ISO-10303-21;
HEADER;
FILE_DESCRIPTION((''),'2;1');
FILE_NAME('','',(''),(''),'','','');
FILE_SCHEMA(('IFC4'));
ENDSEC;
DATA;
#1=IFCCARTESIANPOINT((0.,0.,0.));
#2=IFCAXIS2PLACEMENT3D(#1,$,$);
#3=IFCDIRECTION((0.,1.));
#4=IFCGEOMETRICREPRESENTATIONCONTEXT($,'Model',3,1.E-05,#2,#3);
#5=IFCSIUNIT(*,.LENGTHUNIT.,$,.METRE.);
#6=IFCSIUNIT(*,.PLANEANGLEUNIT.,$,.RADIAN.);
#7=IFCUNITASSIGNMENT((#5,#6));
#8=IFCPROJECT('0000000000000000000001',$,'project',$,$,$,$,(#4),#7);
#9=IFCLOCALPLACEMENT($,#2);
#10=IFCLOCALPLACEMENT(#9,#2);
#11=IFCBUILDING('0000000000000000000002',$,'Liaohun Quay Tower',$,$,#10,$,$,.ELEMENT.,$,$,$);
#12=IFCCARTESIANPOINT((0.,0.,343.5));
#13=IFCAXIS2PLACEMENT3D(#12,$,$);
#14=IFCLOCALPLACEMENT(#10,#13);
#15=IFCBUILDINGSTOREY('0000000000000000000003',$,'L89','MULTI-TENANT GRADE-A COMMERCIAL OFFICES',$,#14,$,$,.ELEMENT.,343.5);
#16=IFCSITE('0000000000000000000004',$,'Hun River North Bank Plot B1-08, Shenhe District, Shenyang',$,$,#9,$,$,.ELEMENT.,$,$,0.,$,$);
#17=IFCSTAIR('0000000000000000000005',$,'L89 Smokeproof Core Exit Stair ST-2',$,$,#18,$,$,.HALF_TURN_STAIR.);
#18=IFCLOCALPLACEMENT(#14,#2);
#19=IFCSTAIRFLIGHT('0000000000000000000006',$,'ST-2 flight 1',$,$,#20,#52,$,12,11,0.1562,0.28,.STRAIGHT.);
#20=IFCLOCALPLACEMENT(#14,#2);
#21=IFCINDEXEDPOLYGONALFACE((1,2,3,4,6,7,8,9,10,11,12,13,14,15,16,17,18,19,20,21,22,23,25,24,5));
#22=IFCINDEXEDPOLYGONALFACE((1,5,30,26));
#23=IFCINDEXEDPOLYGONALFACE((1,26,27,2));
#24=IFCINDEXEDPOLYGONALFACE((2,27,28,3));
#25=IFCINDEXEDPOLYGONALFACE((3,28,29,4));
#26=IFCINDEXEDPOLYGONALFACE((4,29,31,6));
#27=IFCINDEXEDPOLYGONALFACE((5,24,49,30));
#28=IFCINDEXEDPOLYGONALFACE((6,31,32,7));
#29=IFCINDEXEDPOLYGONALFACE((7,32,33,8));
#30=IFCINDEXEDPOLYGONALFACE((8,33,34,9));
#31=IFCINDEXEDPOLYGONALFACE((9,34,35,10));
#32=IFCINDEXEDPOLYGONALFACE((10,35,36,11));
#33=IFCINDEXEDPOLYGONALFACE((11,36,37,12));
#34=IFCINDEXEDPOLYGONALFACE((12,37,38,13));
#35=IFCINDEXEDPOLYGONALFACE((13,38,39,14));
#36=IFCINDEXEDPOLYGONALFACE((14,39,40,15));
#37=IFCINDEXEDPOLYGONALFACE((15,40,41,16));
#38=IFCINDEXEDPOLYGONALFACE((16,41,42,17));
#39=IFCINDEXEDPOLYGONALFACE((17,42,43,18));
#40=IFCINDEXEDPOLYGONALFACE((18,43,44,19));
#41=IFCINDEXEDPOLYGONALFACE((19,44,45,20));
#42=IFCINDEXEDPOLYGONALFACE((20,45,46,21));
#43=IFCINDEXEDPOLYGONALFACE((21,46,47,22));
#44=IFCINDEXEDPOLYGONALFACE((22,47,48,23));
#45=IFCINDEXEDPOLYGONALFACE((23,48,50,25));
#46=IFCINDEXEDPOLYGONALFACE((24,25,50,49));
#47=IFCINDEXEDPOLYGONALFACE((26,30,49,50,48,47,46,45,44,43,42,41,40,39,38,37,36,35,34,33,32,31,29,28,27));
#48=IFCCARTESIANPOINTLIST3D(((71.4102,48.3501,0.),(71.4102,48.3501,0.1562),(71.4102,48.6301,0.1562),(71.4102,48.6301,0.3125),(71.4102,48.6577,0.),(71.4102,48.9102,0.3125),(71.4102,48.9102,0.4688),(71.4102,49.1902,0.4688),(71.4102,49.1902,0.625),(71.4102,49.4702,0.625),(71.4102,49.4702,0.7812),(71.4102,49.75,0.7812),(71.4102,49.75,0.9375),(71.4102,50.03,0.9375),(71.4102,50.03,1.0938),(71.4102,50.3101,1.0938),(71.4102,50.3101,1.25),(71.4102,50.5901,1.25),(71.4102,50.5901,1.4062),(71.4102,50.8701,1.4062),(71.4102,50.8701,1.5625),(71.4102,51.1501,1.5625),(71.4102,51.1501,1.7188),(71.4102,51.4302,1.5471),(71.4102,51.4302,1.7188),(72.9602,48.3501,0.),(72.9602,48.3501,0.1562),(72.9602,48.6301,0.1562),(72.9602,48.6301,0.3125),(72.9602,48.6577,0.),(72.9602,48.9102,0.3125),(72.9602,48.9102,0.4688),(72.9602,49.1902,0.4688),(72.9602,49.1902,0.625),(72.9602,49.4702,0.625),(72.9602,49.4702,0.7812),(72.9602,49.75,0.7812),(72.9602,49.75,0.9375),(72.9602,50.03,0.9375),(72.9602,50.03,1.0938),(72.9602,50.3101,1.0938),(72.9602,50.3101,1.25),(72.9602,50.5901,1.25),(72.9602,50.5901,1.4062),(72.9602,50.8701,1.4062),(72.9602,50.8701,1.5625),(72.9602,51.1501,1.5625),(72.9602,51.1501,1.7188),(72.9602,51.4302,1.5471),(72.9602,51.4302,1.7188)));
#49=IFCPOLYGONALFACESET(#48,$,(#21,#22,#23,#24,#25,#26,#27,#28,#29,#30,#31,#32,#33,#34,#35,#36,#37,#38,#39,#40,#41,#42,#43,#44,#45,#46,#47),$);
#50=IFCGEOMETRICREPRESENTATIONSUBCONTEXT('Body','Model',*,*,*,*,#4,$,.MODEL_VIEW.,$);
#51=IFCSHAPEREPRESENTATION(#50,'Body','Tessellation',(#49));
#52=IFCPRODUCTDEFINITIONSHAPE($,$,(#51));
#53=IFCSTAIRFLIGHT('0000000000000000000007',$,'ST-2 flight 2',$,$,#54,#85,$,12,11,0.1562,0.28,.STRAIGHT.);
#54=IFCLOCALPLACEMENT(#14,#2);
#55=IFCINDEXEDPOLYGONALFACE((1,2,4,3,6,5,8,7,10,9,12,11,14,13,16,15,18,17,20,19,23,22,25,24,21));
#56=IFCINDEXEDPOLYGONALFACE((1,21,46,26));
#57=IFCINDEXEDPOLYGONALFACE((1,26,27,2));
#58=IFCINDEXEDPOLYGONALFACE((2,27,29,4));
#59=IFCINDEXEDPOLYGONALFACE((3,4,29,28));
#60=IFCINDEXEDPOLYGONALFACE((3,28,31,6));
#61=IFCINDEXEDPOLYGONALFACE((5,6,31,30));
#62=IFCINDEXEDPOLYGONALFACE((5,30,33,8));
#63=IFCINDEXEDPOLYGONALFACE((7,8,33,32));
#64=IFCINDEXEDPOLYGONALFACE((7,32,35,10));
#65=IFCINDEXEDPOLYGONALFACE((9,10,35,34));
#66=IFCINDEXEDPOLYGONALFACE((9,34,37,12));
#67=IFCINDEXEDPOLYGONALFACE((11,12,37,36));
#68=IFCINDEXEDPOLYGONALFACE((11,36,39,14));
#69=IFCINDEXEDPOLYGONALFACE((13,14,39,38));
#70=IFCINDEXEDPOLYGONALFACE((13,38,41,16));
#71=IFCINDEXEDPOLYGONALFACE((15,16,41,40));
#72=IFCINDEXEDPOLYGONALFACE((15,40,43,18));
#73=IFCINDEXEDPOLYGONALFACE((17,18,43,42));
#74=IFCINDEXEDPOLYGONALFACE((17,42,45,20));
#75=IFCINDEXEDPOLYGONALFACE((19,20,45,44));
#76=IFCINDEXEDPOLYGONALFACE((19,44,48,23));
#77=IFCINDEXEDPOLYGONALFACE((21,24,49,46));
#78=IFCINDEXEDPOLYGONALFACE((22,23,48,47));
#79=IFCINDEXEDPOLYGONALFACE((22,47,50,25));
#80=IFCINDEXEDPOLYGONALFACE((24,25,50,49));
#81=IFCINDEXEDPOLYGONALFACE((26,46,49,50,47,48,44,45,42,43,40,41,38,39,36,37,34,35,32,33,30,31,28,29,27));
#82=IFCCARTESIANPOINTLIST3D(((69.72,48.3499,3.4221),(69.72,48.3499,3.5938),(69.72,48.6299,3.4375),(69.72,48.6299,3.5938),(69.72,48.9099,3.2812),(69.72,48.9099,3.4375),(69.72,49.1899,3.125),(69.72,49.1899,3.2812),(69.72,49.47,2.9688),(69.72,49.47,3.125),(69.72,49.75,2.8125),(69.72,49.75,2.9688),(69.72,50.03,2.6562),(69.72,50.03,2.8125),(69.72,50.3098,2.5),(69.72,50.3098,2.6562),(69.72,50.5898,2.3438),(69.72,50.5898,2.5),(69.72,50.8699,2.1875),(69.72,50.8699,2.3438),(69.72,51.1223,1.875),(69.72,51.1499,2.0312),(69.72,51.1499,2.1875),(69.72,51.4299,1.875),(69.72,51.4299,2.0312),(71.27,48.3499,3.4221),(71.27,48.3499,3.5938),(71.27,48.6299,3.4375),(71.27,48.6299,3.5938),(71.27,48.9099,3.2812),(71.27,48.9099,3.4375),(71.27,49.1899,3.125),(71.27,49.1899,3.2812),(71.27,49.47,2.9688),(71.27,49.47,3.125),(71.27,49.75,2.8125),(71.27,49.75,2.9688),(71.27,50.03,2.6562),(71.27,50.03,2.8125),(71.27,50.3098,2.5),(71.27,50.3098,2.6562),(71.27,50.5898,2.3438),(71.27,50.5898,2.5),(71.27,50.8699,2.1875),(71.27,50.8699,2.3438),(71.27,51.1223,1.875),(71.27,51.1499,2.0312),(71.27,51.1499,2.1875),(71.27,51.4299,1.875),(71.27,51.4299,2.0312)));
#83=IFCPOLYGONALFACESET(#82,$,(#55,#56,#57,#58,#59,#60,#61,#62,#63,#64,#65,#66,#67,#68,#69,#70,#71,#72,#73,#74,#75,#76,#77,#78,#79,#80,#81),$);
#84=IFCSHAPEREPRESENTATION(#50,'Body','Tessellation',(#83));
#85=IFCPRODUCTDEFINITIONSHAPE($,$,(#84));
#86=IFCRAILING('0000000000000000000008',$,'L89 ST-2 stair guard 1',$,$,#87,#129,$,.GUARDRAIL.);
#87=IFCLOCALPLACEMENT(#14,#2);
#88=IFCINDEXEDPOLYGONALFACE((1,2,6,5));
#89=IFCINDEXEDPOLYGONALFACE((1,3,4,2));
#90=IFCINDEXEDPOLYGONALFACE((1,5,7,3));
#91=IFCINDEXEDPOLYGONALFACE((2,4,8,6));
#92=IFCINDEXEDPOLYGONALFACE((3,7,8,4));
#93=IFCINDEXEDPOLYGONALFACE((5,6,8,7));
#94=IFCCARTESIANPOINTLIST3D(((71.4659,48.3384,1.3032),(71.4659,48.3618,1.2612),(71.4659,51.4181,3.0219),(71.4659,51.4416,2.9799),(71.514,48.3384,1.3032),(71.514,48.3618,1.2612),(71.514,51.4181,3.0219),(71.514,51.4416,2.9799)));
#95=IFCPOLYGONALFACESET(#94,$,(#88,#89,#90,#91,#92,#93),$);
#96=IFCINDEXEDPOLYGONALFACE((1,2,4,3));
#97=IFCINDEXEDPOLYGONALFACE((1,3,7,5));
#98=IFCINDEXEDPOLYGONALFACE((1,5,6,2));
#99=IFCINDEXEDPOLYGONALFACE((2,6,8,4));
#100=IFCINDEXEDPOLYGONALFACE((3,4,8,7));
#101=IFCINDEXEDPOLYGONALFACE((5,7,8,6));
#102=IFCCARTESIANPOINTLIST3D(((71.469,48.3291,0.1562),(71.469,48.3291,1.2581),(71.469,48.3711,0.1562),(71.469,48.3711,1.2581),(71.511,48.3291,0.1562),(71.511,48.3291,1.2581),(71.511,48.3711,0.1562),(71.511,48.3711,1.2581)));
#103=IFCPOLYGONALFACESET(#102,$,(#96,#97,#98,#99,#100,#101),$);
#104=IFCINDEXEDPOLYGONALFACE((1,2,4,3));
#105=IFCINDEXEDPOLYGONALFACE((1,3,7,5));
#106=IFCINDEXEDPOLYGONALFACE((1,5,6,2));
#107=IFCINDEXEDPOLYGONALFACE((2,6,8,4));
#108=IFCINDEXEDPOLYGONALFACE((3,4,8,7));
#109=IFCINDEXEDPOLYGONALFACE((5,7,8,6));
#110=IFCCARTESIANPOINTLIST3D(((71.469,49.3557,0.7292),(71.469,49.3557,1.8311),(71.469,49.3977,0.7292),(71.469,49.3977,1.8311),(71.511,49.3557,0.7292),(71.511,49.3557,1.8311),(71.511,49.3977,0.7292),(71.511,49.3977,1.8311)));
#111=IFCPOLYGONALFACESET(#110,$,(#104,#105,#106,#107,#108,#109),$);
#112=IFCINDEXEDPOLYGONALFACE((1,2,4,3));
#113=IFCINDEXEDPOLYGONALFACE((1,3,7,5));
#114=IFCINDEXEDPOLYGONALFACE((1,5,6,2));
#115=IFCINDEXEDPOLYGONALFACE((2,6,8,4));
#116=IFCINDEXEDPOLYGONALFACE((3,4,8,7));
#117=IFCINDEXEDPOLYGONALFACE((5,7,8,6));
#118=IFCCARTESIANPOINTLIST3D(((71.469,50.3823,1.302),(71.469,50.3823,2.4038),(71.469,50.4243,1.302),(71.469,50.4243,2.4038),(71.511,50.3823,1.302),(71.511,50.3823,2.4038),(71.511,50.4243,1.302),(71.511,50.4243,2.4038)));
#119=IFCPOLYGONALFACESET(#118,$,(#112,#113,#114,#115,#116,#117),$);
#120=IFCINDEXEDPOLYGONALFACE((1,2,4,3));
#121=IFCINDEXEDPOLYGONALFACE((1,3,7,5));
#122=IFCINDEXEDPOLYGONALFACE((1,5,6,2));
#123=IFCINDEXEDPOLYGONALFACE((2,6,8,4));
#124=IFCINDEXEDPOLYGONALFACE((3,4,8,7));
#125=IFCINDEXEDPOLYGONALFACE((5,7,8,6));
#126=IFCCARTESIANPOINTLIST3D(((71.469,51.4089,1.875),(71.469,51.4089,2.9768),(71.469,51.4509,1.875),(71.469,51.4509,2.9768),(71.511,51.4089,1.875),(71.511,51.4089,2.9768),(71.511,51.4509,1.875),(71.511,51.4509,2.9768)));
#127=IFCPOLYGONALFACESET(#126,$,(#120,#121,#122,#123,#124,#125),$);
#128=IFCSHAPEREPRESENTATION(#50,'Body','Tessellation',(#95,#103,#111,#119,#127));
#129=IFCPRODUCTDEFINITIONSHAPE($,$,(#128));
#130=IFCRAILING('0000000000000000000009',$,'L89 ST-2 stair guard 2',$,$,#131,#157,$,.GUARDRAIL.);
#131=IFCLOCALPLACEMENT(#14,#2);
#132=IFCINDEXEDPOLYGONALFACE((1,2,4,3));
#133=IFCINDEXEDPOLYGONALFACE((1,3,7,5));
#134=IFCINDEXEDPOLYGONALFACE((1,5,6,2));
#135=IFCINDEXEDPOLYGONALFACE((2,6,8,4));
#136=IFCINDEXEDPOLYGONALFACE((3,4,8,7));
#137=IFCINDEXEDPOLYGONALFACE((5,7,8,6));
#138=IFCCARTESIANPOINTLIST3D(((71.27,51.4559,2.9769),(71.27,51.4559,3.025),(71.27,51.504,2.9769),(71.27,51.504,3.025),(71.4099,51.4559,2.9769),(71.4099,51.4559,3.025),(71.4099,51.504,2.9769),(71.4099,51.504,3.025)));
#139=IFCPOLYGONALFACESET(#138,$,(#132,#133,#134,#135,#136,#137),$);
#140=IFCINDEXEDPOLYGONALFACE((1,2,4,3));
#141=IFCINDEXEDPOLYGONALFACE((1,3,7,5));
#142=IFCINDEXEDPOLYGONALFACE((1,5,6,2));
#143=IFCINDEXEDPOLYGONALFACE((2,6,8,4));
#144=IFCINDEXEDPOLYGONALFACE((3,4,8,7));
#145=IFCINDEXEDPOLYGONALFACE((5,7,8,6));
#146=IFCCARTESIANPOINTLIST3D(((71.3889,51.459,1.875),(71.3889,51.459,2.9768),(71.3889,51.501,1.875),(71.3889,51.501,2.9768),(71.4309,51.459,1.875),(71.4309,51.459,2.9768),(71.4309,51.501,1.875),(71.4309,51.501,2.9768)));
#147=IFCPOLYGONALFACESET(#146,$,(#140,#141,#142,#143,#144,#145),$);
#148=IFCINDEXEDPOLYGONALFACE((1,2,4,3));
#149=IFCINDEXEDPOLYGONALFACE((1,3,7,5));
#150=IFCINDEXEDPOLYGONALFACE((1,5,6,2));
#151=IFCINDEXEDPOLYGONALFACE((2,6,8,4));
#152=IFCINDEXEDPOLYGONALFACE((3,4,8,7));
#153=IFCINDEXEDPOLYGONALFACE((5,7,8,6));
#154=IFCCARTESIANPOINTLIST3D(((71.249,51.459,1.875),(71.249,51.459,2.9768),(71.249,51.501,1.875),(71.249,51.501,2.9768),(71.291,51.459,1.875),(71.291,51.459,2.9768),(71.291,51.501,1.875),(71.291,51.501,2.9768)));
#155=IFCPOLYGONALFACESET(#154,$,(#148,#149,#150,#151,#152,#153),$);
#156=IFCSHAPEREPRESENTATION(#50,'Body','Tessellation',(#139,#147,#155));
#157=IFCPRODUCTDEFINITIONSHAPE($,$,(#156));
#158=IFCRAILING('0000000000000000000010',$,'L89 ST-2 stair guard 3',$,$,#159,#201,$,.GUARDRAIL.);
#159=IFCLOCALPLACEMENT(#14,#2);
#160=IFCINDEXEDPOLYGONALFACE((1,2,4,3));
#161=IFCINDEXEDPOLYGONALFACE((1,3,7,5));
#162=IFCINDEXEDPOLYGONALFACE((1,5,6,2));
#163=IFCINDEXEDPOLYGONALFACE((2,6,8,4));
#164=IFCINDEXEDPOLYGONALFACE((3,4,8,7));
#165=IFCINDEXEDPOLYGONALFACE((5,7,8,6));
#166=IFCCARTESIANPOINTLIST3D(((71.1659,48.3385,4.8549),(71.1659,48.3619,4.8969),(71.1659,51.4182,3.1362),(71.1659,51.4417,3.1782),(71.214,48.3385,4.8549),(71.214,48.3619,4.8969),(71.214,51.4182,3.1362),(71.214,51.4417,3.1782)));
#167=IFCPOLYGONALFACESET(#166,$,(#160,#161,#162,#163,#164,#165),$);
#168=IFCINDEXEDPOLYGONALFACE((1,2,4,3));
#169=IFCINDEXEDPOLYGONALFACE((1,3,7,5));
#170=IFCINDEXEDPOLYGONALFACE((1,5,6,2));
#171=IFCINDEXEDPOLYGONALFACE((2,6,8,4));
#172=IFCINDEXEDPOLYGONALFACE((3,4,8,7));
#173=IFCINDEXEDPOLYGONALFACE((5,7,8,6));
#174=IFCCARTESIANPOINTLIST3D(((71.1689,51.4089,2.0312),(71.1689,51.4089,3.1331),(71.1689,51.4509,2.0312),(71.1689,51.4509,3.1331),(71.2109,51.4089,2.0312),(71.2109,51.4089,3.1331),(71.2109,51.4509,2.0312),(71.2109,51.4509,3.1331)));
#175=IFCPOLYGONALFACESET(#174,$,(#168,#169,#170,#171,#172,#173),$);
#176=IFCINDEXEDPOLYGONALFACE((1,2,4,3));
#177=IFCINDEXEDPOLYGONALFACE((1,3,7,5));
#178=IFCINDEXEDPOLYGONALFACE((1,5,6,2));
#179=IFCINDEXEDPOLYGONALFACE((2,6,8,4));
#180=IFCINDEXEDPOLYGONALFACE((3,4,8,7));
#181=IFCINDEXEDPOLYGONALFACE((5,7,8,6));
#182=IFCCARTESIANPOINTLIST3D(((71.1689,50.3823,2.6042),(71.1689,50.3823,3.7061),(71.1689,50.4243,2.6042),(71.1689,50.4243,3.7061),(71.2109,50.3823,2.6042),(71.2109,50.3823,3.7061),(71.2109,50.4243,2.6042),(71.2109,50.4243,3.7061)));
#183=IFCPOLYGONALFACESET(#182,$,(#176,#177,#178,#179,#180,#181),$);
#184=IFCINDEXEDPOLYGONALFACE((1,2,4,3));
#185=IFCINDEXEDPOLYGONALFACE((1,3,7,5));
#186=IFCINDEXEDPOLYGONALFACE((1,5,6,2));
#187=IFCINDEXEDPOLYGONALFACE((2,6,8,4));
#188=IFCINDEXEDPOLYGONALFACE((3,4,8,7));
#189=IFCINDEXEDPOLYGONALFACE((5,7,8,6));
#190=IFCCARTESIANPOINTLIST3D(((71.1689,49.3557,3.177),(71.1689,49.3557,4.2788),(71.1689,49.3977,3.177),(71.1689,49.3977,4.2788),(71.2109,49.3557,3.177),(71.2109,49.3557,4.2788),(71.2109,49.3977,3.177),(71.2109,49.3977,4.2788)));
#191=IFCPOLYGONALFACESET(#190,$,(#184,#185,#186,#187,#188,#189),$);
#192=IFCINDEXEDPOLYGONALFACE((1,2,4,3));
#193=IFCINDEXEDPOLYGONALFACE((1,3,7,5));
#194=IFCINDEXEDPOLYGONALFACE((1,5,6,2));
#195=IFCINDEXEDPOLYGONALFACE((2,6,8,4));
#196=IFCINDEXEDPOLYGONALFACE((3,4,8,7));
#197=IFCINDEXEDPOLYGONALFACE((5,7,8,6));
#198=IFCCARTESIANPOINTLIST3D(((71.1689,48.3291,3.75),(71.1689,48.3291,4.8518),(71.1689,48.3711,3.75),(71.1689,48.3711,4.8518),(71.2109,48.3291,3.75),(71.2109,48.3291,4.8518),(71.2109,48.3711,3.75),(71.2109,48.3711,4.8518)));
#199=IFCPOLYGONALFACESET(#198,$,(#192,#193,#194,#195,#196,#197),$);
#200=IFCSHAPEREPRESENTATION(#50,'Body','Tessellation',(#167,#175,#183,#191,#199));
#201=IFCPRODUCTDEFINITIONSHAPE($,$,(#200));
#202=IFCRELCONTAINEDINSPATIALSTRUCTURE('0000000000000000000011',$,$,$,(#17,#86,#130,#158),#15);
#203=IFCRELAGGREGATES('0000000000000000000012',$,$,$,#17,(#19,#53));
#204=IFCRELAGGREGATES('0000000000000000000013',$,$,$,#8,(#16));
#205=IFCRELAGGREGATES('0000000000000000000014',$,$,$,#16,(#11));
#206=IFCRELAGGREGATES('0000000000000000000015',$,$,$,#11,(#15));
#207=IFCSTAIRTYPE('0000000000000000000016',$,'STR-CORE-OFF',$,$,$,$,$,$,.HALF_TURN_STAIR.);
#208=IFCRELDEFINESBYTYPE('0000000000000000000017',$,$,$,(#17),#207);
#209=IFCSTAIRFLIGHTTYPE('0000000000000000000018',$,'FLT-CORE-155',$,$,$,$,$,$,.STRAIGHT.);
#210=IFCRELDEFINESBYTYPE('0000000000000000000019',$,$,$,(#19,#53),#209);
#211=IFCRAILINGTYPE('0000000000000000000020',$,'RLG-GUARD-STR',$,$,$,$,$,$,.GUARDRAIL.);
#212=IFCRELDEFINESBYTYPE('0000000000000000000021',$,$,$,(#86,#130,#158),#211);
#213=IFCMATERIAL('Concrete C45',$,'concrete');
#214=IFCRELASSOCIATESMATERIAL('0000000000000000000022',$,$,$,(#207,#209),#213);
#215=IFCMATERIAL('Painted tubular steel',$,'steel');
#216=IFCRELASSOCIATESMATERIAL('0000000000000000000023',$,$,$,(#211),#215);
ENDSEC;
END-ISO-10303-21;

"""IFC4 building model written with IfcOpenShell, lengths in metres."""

from ifc_helpers import new_model, si_unit, direction, frame, origin, origin_2d, place, context, subcontext, project, spatial, polyline, rectangle, outline, extrude, material, type_object, element, aggregate, save


model = new_model("IFC4")

# Units and contexts
model_context = context("Model", 3, precision=1e-05, world=origin(), true_north=direction((0.0, 1.0)))
body_context = subcontext(model_context, "Body", "Model", "MODEL_VIEW")
ifc_project = project(units=[si_unit("LENGTHUNIT", "METRE"), si_unit("PLANEANGLEUNIT", "RADIAN")], contexts=[model_context])

# Site, building, storey
site_placement = place(None, origin())
site = spatial("IfcSite", under=ifc_project, at=site_placement, Name="Hun River North Bank Plot B1-08, Shenhe District, Shenyang", CompositionType="ELEMENT", RefElevation=0.0)
building_placement = place(site_placement, origin())
building = spatial("IfcBuilding", under=site, at=building_placement, Name="Liaohun Quay Tower", CompositionType="ELEMENT")
storey_placement = place(building_placement, frame((0.0, 0.0, 343.5)))
storey = spatial("IfcBuildingStorey", under=building, at=storey_placement, Name="L89", Description="MULTI-TENANT GRADE-A COMMERCIAL OFFICES", CompositionType="ELEMENT", Elevation=343.5)

# Stair, stair flights
ifc_material_1 = material(Name="Concrete C45", Category="concrete")
stair_type = type_object("IfcStairType", Name="STR-CORE-OFF", PredefinedType="HALF_TURN_STAIR", material=ifc_material_1)
stair_placement = place(storey_placement, origin())
stair = element("IfcStair", 1, at=stair_placement, inside=storey, type_object=stair_type, Name="L89 Smokeproof Core Exit Stair ST-2", PredefinedType="HALF_TURN_STAIR")
stair_flight_type = type_object("IfcStairFlightType", Name="FLT-CORE-155", PredefinedType="STRAIGHT", material=ifc_material_1)
stair_flight_1_placement = place(storey_placement, frame((72.1851, 48.3501, 0.0), z_axis=(0.0, 0.0, 1.0), x_axis=(0.0, 1.0, 0.0)))
stair_flight_1 = element("IfcStairFlight", 2, at=stair_flight_1_placement, type_object=stair_flight_type, Name="ST-2 flight 1", NumberOfRisers=12, NumberOfTreads=11, PredefinedType="STRAIGHT", RiserHeight=0.1562, TreadLength=0.28, context=body_context, shape_type="SweptSolid", body=[
    extrude(outline(polyline([(0.0, 0.0), (0.0, 0.1562), (0.28, 0.1562), (0.28, 0.3125), (0.5601, 0.3125), (0.5601, 0.4688), (0.8401, 0.4688), (0.8401, 0.625), (1.1201, 0.625), (1.1201, 0.7812), (1.3999, 0.7812), (1.3999, 0.9375), (1.6799, 0.9375), (1.6799, 1.0938), (1.96, 1.0938), (1.96, 1.25), (2.24, 1.25), (2.24, 1.4062), (2.52, 1.4062), (2.52, 1.5625), (2.8, 1.5625), (2.8, 1.7188), (3.0801, 1.7188), (3.0801, 1.875), (3.0801, 1.5471), (0.3076, 0.0), (0.0, 0.0)])), frame((0.0, 0.7749, 0.0), z_axis=(0.0, -1.0, 0.0), x_axis=(1.0, 0.0, 0.0)), (0.0, 0.0, 1.0), 1.55),
])
stair_flight_2_placement = place(storey_placement, frame((70.4951, 51.4299, 1.875), z_axis=(0.0, 0.0, 1.0), x_axis=(0.0, -1.0, 0.0)))
stair_flight_2 = element("IfcStairFlight", 3, at=stair_flight_2_placement, type_object=stair_flight_type, Name="ST-2 flight 2", NumberOfRisers=12, NumberOfTreads=11, PredefinedType="STRAIGHT", RiserHeight=0.1562, TreadLength=0.28, context=body_context, shape_type="SweptSolid", body=[
    extrude(outline(polyline([(0.0, 0.0), (0.0, 0.1562), (0.28, 0.1562), (0.28, 0.3125), (0.5601, 0.3125), (0.5601, 0.4688), (0.8401, 0.4688), (0.8401, 0.625), (1.1201, 0.625), (1.1201, 0.7812), (1.3999, 0.7812), (1.3999, 0.9375), (1.6799, 0.9375), (1.6799, 1.0938), (1.96, 1.0938), (1.96, 1.25), (2.24, 1.25), (2.24, 1.4062), (2.52, 1.4062), (2.52, 1.5625), (2.8, 1.5625), (2.8, 1.7188), (3.0801, 1.7188), (3.0801, 1.875), (3.0801, 1.5471), (0.3076, 0.0), (0.0, 0.0)])), frame((0.0, 0.7749, 0.0), z_axis=(0.0, -1.0, 0.0), x_axis=(1.0, 0.0, 0.0)), (0.0, 0.0, 1.0), 1.55),
])
aggregate(stair, [stair_flight_1, stair_flight_2])

# Railings
ifc_material_2 = material(Name="Painted tubular steel", Category="steel")
railing_type_1 = type_object("IfcRailingType", Name="RLG-GUARD-STR", PredefinedType="GUARDRAIL", material=ifc_material_2)
railing_1_placement = place(storey_placement, frame((71.49, 48.3501, 0.1562)))
element("IfcRailing", 4, at=railing_1_placement, inside=storey, type_object=railing_type_1, Name="L89 ST-2 stair guard 1", PredefinedType="GUARDRAIL", context=body_context, shape_type="SweptSolid", body=[
    extrude(rectangle(XDim=0.0481, YDim=0.0481, at=origin_2d()), frame((0.0, 0.0, 1.126), z_axis=(0.0, 0.873225, 0.487317), x_axis=(-1.0, 0.0, 0.0)), (0.0, 0.0, 1.0), 3.5269),
    extrude(rectangle(XDim=0.042, YDim=0.042, at=origin_2d()), origin(), (0.0, 0.0, 1.0), 1.1018),
    extrude(rectangle(XDim=0.042, YDim=0.042, at=origin_2d()), frame((0.0, 1.0266, 0.573)), (0.0, 0.0, 1.0), 1.1018),
    extrude(rectangle(XDim=0.042, YDim=0.042, at=origin_2d()), frame((0.0, 2.0532, 1.1458)), (0.0, 0.0, 1.0), 1.1018),
    extrude(rectangle(XDim=0.042, YDim=0.042, at=origin_2d()), frame((0.0, 3.0798, 1.7188)), (0.0, 0.0, 1.0), 1.1018),
])
railing_2_placement = place(storey_placement, frame((71.4099, 51.48, 1.875)))
element("IfcRailing", 5, at=railing_2_placement, inside=storey, type_object=railing_type_1, Name="L89 ST-2 stair guard 2", PredefinedType="GUARDRAIL", context=body_context, shape_type="SweptSolid", body=[
    extrude(rectangle(XDim=0.0481, YDim=0.0481, at=origin_2d()), frame((0.0, 0.0, 1.126), z_axis=(-1.0, 0.0, 0.0), x_axis=(0.0, -1.0, 0.0)), (0.0, 0.0, 1.0), 0.1399),
    extrude(rectangle(XDim=0.042, YDim=0.042, at=origin_2d()), origin(), (0.0, 0.0, 1.0), 1.1018),
    extrude(rectangle(XDim=0.042, YDim=0.042, at=origin_2d()), frame((-0.1399, 0.0, 0.0)), (0.0, 0.0, 1.0), 1.1018),
])
railing_3_placement = place(storey_placement, frame((71.1899, 51.4299, 2.0312)))
element("IfcRailing", 6, at=railing_3_placement, inside=storey, type_object=railing_type_1, Name="L89 ST-2 stair guard 3", PredefinedType="GUARDRAIL", context=body_context, shape_type="SweptSolid", body=[
    extrude(rectangle(XDim=0.0481, YDim=0.0481, at=origin_2d()), frame((0.0, 0.0, 1.126), z_axis=(0.0, -0.873225, 0.487317), x_axis=(1.0, 0.0, 0.0)), (0.0, 0.0, 1.0), 3.5269),
    extrude(rectangle(XDim=0.042, YDim=0.042, at=origin_2d()), origin(), (0.0, 0.0, 1.0), 1.1018),
    extrude(rectangle(XDim=0.042, YDim=0.042, at=origin_2d()), frame((0.0, -1.0266, 0.573)), (0.0, 0.0, 1.0), 1.1018),
    extrude(rectangle(XDim=0.042, YDim=0.042, at=origin_2d()), frame((0.0, -2.0532, 1.1458)), (0.0, 0.0, 1.0), 1.1018),
    extrude(rectangle(XDim=0.042, YDim=0.042, at=origin_2d()), frame((0.0, -3.0798, 1.7188)), (0.0, 0.0, 1.0), 1.1018),
])

save(model, "model.ifc")
